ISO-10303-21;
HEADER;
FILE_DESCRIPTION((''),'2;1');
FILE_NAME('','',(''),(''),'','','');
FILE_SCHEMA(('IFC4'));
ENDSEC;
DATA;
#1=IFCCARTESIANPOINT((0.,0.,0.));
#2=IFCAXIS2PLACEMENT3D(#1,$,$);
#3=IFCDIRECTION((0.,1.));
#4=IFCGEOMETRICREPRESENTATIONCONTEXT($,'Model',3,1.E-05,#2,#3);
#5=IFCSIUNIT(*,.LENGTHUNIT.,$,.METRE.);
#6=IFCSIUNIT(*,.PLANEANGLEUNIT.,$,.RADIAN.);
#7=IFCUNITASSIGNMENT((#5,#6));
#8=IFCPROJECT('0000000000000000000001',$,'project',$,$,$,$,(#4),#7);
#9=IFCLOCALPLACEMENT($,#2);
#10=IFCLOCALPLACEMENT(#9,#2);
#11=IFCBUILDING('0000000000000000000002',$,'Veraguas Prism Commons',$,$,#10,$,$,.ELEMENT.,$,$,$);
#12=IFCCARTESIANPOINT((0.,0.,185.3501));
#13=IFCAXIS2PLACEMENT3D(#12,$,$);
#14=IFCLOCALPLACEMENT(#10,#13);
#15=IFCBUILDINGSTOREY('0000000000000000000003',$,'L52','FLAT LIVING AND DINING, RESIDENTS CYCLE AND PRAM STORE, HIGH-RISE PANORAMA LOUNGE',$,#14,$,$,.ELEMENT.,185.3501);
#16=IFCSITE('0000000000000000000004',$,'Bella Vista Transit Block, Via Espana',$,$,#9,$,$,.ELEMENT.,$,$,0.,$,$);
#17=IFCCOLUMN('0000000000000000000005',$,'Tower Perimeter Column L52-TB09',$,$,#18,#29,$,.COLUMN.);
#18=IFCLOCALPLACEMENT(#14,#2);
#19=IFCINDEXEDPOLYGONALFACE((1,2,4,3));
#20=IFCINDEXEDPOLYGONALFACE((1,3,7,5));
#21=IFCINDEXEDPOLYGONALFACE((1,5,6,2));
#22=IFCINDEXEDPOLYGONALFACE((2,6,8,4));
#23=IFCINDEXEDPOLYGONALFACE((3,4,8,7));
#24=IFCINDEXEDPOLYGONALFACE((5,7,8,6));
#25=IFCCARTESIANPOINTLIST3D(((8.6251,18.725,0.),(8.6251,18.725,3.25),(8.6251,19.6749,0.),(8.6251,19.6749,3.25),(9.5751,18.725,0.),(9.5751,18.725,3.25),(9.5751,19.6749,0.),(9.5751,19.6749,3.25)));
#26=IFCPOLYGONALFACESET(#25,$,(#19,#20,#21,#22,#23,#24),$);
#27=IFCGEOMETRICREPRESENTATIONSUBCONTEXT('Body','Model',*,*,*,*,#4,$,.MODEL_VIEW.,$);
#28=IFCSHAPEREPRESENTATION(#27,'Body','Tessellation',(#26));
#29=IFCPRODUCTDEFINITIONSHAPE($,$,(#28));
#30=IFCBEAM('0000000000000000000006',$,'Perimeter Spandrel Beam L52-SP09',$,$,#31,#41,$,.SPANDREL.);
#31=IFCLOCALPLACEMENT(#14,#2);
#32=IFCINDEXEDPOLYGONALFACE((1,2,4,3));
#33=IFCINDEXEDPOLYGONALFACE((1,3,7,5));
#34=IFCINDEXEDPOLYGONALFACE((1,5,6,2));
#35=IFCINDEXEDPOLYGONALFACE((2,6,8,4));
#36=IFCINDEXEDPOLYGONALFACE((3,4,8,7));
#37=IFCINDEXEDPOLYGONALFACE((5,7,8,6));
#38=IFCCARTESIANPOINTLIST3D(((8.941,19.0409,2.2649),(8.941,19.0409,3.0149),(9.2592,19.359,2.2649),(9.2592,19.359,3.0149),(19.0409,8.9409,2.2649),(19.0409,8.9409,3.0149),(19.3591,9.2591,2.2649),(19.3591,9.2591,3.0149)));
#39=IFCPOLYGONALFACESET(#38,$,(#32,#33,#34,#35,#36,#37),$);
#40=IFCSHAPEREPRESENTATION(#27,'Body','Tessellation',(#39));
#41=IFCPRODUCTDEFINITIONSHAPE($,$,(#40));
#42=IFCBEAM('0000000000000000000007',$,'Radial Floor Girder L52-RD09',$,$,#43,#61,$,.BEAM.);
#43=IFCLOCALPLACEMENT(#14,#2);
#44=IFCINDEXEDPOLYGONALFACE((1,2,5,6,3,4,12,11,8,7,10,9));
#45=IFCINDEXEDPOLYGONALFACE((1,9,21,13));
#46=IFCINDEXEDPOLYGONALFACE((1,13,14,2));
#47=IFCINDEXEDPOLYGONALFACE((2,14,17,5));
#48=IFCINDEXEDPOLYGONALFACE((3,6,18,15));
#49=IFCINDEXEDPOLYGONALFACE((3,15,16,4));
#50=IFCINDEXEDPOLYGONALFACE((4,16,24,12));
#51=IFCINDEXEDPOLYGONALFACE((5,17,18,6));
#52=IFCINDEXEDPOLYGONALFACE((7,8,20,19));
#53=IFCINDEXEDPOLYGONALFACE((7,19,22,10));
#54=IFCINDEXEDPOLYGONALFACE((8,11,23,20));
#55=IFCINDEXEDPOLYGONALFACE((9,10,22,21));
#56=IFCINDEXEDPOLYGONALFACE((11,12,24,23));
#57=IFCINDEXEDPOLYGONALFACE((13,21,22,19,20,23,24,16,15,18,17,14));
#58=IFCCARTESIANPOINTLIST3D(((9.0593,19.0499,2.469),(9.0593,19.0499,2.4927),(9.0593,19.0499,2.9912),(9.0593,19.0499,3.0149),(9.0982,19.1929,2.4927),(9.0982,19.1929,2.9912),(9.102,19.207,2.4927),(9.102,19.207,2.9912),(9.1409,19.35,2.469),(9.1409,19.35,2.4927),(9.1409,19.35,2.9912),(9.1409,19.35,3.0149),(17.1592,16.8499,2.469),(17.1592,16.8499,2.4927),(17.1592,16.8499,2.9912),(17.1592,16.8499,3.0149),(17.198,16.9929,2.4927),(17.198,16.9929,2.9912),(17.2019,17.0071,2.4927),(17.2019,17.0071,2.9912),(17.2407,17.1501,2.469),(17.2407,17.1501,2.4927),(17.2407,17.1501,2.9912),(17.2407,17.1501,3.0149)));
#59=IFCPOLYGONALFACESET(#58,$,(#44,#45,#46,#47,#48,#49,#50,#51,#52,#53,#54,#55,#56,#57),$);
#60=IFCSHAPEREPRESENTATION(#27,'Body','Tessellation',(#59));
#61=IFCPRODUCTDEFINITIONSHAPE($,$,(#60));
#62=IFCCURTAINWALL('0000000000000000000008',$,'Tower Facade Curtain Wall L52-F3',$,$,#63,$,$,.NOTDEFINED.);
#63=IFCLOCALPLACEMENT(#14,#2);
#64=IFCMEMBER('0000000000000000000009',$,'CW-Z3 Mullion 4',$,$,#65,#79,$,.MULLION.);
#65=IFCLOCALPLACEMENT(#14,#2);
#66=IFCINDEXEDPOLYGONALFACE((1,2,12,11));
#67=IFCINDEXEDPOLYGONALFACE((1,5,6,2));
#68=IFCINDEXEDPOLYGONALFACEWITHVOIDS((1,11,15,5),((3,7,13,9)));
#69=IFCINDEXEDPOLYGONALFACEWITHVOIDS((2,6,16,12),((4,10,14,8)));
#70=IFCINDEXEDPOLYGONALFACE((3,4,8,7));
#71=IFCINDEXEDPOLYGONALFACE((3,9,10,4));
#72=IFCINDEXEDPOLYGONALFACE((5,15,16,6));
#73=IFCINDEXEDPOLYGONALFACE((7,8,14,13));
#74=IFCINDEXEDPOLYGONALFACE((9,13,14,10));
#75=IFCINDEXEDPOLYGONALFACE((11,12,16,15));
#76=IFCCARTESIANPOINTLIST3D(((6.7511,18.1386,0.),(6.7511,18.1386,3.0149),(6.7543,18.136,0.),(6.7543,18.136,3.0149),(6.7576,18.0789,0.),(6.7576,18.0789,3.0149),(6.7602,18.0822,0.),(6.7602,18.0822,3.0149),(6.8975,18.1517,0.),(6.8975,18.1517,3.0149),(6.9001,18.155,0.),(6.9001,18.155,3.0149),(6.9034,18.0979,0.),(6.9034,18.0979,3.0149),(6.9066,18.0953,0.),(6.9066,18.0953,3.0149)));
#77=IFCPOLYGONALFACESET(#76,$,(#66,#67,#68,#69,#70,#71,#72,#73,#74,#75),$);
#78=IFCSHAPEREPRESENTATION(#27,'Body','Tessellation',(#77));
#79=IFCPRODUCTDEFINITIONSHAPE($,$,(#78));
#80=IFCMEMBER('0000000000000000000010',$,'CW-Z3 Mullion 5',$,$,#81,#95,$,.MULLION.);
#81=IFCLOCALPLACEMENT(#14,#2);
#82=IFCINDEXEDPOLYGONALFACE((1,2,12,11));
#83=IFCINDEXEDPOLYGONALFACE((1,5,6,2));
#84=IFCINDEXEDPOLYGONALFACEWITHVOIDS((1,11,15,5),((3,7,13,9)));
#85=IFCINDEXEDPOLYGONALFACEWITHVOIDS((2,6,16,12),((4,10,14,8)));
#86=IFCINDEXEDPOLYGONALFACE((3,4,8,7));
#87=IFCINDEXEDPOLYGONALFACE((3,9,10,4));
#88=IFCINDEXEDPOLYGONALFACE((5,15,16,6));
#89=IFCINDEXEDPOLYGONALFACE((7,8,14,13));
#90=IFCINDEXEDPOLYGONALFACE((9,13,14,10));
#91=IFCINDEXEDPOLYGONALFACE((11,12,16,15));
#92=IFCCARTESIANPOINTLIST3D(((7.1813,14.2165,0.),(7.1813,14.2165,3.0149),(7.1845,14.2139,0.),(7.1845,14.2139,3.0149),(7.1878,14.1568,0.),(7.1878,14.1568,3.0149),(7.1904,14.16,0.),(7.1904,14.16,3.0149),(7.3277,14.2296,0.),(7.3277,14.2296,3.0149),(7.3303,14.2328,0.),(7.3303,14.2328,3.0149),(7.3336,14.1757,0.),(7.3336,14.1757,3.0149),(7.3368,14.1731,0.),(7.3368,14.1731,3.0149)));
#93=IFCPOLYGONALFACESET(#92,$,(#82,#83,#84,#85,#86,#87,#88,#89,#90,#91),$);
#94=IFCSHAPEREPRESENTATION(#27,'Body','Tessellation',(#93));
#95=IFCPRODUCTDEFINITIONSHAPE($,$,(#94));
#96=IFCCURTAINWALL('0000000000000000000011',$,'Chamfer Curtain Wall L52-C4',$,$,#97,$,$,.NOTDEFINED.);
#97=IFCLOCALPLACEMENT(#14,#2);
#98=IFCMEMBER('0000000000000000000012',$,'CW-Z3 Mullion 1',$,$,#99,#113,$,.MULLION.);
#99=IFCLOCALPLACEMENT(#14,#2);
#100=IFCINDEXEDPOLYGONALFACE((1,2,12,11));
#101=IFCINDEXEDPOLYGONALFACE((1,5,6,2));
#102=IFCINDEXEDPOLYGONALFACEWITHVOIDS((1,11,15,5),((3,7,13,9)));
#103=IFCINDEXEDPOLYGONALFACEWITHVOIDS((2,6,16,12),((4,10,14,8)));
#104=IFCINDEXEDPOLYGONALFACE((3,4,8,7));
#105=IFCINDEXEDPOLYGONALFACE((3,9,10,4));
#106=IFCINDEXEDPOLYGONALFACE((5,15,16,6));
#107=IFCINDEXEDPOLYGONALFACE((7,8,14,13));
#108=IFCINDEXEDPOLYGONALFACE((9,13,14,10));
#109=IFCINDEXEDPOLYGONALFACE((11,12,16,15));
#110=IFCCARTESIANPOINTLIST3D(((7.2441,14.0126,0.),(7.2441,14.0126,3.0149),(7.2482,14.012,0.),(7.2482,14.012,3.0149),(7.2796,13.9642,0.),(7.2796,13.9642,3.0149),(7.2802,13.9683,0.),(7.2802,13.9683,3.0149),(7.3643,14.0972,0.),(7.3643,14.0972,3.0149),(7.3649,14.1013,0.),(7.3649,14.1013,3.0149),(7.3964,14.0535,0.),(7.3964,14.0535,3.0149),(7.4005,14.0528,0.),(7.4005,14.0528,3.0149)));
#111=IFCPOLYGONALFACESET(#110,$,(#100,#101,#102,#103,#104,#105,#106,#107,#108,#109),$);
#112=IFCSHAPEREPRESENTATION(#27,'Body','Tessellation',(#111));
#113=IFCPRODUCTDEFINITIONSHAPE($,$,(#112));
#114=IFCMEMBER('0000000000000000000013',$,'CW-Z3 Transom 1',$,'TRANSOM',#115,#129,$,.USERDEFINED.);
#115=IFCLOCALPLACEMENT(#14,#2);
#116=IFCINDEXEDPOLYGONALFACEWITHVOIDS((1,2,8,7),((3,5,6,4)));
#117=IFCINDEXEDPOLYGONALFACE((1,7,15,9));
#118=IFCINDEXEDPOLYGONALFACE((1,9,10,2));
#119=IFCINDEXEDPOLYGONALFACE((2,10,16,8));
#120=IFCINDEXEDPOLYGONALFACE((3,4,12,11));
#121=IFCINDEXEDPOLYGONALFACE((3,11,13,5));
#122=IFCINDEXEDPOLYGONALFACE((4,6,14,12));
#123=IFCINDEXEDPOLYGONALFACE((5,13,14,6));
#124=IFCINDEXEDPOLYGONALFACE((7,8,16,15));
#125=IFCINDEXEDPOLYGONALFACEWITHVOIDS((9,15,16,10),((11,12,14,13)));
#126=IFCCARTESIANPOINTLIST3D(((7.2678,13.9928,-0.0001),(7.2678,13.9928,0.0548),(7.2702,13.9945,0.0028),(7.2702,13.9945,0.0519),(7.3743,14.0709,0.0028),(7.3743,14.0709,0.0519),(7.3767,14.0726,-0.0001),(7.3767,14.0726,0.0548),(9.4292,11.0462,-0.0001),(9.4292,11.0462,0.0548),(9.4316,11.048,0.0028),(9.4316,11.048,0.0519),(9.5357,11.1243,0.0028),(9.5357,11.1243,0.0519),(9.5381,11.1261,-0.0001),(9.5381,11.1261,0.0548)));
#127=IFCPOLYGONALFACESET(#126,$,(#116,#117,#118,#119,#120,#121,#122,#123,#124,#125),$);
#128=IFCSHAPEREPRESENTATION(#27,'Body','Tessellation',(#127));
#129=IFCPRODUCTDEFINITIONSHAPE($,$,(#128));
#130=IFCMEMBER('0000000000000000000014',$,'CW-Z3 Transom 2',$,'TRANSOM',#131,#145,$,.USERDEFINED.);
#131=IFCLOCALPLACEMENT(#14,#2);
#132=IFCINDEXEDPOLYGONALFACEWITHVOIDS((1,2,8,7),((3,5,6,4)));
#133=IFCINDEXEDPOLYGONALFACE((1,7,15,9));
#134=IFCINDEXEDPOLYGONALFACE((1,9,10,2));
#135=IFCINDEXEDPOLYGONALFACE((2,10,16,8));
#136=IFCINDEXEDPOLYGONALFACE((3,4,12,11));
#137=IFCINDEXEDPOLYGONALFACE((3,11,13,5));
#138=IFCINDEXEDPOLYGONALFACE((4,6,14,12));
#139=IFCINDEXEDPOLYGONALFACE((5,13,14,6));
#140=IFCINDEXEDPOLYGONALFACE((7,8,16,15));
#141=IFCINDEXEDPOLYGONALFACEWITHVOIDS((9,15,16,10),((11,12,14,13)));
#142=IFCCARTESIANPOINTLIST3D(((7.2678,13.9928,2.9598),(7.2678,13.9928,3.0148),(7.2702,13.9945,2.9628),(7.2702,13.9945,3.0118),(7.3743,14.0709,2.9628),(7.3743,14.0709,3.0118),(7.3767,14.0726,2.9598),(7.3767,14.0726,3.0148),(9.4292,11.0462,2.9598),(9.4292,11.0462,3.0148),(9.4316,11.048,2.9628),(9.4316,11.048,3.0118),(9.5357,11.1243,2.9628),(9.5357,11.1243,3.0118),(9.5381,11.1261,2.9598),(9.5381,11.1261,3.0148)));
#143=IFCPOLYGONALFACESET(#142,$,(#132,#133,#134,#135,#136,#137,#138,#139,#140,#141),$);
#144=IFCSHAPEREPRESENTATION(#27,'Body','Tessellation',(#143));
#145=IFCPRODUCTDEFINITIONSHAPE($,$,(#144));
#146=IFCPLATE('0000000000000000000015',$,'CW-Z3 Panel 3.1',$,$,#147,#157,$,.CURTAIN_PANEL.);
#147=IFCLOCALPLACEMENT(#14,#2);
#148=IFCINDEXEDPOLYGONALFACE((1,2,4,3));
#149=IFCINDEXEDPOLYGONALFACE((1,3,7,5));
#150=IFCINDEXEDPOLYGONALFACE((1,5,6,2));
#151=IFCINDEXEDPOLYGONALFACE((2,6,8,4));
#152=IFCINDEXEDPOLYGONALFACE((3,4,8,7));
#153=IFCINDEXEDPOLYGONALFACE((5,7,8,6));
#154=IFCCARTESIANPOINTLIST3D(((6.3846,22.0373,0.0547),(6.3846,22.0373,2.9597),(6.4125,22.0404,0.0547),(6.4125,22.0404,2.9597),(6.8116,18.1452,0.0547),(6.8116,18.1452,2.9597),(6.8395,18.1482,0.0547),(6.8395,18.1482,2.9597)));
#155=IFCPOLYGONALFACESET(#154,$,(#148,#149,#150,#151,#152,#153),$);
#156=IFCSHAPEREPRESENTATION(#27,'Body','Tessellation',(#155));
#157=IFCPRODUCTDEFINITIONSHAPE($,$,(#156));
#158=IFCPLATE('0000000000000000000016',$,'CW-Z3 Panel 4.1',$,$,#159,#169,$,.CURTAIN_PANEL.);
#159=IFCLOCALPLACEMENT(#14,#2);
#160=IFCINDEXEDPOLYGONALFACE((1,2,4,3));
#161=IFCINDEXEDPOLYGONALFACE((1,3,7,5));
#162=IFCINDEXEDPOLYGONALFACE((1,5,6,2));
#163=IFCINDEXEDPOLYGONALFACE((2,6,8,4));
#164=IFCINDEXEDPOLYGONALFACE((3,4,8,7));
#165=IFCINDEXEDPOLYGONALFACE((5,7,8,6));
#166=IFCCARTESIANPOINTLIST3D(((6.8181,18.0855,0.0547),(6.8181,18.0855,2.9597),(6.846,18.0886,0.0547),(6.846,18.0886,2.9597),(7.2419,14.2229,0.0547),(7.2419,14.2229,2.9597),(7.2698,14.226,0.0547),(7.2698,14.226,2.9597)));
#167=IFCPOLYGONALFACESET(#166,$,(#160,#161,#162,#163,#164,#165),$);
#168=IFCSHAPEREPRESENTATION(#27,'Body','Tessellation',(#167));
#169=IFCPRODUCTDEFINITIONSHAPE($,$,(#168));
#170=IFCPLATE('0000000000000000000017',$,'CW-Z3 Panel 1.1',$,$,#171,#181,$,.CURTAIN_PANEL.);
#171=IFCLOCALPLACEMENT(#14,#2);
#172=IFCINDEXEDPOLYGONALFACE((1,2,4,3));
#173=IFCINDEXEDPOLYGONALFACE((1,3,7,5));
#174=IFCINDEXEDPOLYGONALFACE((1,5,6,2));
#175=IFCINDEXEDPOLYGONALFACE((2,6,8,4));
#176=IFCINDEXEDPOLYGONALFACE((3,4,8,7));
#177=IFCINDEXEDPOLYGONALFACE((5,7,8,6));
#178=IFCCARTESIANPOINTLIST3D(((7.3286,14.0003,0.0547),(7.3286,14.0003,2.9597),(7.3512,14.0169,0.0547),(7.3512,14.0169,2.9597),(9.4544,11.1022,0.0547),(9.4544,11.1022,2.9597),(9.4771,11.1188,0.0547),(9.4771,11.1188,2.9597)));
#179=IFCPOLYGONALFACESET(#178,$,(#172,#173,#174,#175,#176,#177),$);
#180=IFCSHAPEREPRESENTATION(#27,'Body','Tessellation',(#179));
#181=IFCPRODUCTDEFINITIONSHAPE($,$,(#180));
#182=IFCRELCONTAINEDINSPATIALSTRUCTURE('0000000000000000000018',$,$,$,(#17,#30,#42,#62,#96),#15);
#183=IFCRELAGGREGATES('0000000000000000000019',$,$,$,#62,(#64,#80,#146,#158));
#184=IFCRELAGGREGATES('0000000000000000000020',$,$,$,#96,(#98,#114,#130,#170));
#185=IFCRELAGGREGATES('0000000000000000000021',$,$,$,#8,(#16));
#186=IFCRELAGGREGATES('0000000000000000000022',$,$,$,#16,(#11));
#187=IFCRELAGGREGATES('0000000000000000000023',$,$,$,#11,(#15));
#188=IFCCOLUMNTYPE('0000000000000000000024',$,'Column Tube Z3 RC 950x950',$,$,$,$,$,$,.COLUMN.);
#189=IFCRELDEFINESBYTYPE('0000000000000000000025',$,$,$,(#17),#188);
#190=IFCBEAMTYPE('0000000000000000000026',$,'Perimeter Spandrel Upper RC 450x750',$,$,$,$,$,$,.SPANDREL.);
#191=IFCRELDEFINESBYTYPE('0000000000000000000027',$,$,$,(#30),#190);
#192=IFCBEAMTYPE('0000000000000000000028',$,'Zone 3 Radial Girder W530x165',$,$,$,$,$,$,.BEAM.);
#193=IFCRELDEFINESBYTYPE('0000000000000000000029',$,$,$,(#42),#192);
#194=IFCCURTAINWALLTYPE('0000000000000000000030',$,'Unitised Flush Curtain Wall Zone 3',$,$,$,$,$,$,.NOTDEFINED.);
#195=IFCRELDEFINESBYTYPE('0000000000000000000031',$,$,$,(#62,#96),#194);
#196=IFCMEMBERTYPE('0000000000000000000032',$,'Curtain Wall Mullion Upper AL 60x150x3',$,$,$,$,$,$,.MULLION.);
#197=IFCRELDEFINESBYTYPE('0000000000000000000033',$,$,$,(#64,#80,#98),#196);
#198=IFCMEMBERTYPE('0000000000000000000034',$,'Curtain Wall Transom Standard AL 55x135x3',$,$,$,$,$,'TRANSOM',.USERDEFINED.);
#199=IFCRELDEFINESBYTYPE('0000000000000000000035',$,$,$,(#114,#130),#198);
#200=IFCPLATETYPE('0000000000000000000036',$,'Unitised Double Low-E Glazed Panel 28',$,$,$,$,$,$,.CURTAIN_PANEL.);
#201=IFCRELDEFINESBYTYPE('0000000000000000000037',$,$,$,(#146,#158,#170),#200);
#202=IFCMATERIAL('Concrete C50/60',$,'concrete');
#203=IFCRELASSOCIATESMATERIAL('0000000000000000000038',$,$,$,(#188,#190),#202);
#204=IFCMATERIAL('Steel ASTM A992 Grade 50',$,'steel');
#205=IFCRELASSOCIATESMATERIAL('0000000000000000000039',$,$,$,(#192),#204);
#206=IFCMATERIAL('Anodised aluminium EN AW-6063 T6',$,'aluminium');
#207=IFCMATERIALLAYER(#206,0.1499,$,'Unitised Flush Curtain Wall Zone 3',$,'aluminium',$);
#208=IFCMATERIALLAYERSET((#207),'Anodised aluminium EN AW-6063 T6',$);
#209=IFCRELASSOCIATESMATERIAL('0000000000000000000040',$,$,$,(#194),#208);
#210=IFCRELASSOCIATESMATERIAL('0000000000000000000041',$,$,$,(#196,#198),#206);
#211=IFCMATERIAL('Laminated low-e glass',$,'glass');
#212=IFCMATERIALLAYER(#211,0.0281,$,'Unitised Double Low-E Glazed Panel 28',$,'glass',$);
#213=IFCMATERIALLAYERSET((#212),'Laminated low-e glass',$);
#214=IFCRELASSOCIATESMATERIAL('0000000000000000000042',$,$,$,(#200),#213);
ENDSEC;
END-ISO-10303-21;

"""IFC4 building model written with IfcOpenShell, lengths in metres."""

from ifc_helpers import new_model, si_unit, direction, frame, origin, origin_2d, place, context, subcontext, project, spatial, rectangle, hollow_rectangle, i_section, extrude, source, transform, mapped, material, layer, layer_set, material_profile, profile_set, type_object, element, aggregate, save


model = new_model("IFC4")

# Units and contexts
model_context = context("Model", 3, precision=1e-05, world=origin(), true_north=direction((0.0, 1.0)))
body_context = subcontext(model_context, "Body", "Model", "MODEL_VIEW")
ifc_project = project(units=[si_unit("LENGTHUNIT", "METRE"), si_unit("PLANEANGLEUNIT", "RADIAN")], contexts=[model_context])

# Site, building, storey
site_placement = place(None, origin())
site = spatial("IfcSite", under=ifc_project, at=site_placement, Name="Bella Vista Transit Block, Via Espana", CompositionType="ELEMENT", RefElevation=0.0)
building_placement = place(site_placement, origin())
building = spatial("IfcBuilding", under=site, at=building_placement, Name="Veraguas Prism Commons", CompositionType="ELEMENT")
storey_placement = place(building_placement, frame((0.0, 0.0, 185.3501)))
storey = spatial("IfcBuildingStorey", under=building, at=storey_placement, Name="L52", Description="FLAT LIVING AND DINING, RESIDENTS CYCLE AND PRAM STORE, HIGH-RISE PANORAMA LOUNGE", CompositionType="ELEMENT", Elevation=185.3501)

# Column
ifc_material_1 = material(Name="Concrete C50/60", Category="concrete")
ifc_material_profile_1 = material_profile(ifc_material_1, rectangle(XDim=0.95, YDim=0.95, at=origin_2d()), Name="RC950X950")
ifc_profile_set_1 = profile_set([ifc_material_profile_1], Name="Concrete C50/60")
column_type = type_object("IfcColumnType", Name="Column Tube Z3 RC 950x950", PredefinedType="COLUMN", material=ifc_profile_set_1)
column_placement = place(storey_placement, frame((9.1001, 19.2, 0.0), z_axis=(0.0, 0.0, 1.0), x_axis=(1.0, 0.0, 0.0)))
element("IfcColumn", 1, at=column_placement, inside=storey, type_object=column_type, Name="Tower Perimeter Column L52-TB09", PredefinedType="COLUMN", context=body_context, shape_type="SweptSolid", body=[
    extrude(rectangle(XDim=0.95, YDim=0.95, at=origin_2d()), origin(), (0.0, 0.0, 1.0), 3.25),
])

# Beams
ifc_material_profile_2 = material_profile(ifc_material_1, rectangle(XDim=0.45, YDim=0.75, at=origin_2d()), Name="RC450X750")
ifc_profile_set_2 = profile_set([ifc_material_profile_2], Name="Concrete C50/60")
beam_type_1 = type_object("IfcBeamType", Name="Perimeter Spandrel Upper RC 450x750", PredefinedType="SPANDREL", material=ifc_profile_set_2)
beam_1_placement = place(storey_placement, frame((9.1001, 19.2, 2.6399), z_axis=(0.707107, -0.707107, 0.0), x_axis=(0.707107, 0.707107, 0.0)))
element("IfcBeam", 2, at=beam_1_placement, inside=storey, type_object=beam_type_1, Name="Perimeter Spandrel Beam L52-SP09", PredefinedType="SPANDREL", context=body_context, shape_type="SweptSolid", body=[
    extrude(rectangle(XDim=0.45, YDim=0.75, at=origin_2d()), origin(), (0.0, 0.0, 1.0), 14.2834),
])
ifc_material_2 = material(Name="Steel ASTM A992 Grade 50", Category="steel")
ifc_material_profile_3 = material_profile(ifc_material_2, i_section(OverallWidth=0.311, OverallDepth=0.5459, WebThickness=0.0146, FlangeThickness=0.0237, at=origin_2d()), Name="W530X165")
ifc_profile_set_3 = profile_set([ifc_material_profile_3], Name="Steel ASTM A992 Grade 50")
beam_type_2 = type_object("IfcBeamType", Name="Zone 3 Radial Girder W530x165", PredefinedType="BEAM", material=ifc_profile_set_3)
beam_2_placement = place(storey_placement, frame((9.1001, 19.2, 2.7419), z_axis=(0.965039, -0.262108, 0.0), x_axis=(0.262108, 0.965039, 0.0)))
element("IfcBeam", 3, at=beam_2_placement, inside=storey, type_object=beam_type_2, Name="Radial Floor Girder L52-RD09", PredefinedType="BEAM", context=body_context, shape_type="SweptSolid", body=[
    extrude(i_section(OverallWidth=0.311, OverallDepth=0.5459, WebThickness=0.0146, FlangeThickness=0.0237, at=origin_2d()), origin(), (0.0, 0.0, 1.0), 8.3933),
])

# Curtain walls, members
ifc_material_3 = material(Name="Anodised aluminium EN AW-6063 T6", Category="aluminium")
ifc_layer_1 = layer(ifc_material_3, 0.1499, Name="Unitised Flush Curtain Wall Zone 3", Category="aluminium")
ifc_layer_set_1 = layer_set([ifc_layer_1], Name="Anodised aluminium EN AW-6063 T6")
curtain_wall_type = type_object("IfcCurtainWallType", Name="Unitised Flush Curtain Wall Zone 3", PredefinedType="NOTDEFINED", material=ifc_layer_set_1)
curtain_wall_1_placement = place(storey_placement, origin())
curtain_wall_1 = element("IfcCurtainWall", 4, at=curtain_wall_1_placement, inside=storey, type_object=curtain_wall_type, Name="Tower Facade Curtain Wall L52-F3", PredefinedType="NOTDEFINED")
ifc_material_profile_4 = material_profile(ifc_material_3, hollow_rectangle(XDim=0.0601, YDim=0.1499, WallThickness=0.0029, at=origin_2d()), Name="AL60X150X3")
ifc_profile_set_4 = profile_set([ifc_material_profile_4], Name="Anodised aluminium EN AW-6063 T6")
member_type_1 = type_object("IfcMemberType", Name="Curtain Wall Mullion Upper AL 60x150x3", PredefinedType="MULLION", material=ifc_profile_set_4)
shared_shape_1 = source(origin(), body_context, "Body", "SweptSolid", [
    extrude(hollow_rectangle(XDim=0.0601, YDim=0.1499, WallThickness=0.0029, at=origin_2d()), origin(), (0.0, 0.0, 1.0), 3.0149),
])
member_1_placement = place(storey_placement, frame((6.8289, 18.1169, 0.0), z_axis=(0.0, 0.0, 1.0), x_axis=(0.109046, -0.994037, 0.0)))
member_1 = element("IfcMember", 5, at=member_1_placement, type_object=member_type_1, Name="CW-Z3 Mullion 4", PredefinedType="MULLION", context=body_context, shape_type="MappedRepresentation", body=[
    mapped(shared_shape_1, transform((0.0, 0.0, 0.0), scale=1.0)),
])
member_2_placement = place(storey_placement, frame((7.259, 14.1948, 0.0), z_axis=(0.0, 0.0, 1.0), x_axis=(0.109046, -0.994037, 0.0)))
member_2 = element("IfcMember", 6, at=member_2_placement, type_object=member_type_1, Name="CW-Z3 Mullion 5", PredefinedType="MULLION", context=body_context, shape_type="MappedRepresentation", body=[
    mapped(shared_shape_1, transform((0.0, 0.0, 0.0), scale=1.0)),
])
curtain_wall_2_placement = place(storey_placement, origin())
curtain_wall_2 = element("IfcCurtainWall", 7, at=curtain_wall_2_placement, inside=storey, type_object=curtain_wall_type, Name="Chamfer Curtain Wall L52-C4", PredefinedType="NOTDEFINED")
member_3_placement = place(storey_placement, frame((7.3223, 14.0327, 0.0), z_axis=(0.0, 0.0, 1.0), x_axis=(0.591463, -0.806332, 0.0)))
member_3 = element("IfcMember", 8, at=member_3_placement, type_object=member_type_1, Name="CW-Z3 Mullion 1", PredefinedType="MULLION", context=body_context, shape_type="MappedRepresentation", body=[
    mapped(shared_shape_1, transform((0.0, 0.0, 0.0), scale=1.0)),
])
ifc_material_profile_5 = material_profile(ifc_material_3, hollow_rectangle(XDim=0.0549, YDim=0.135, WallThickness=0.0029, at=origin_2d()), Name="AL55X135X3")
ifc_profile_set_5 = profile_set([ifc_material_profile_5], Name="Anodised aluminium EN AW-6063 T6")
member_type_2 = type_object("IfcMemberType", Name="Curtain Wall Transom Standard AL 55x135x3", ElementType="TRANSOM", PredefinedType="USERDEFINED", material=ifc_profile_set_5)
shared_shape_2 = source(origin(), body_context, "Body", "SweptSolid", [
    extrude(hollow_rectangle(XDim=0.0549, YDim=0.135, WallThickness=0.0029, at=origin_2d()), origin(), (0.0, 0.0, 1.0), 3.6543),
])
member_4_placement = place(storey_placement, frame((7.3223, 14.0327, 0.0273), z_axis=(0.591468, -0.806329, 0.0), x_axis=(0.0, 0.0, 1.0)))
member_4 = element("IfcMember", 9, at=member_4_placement, type_object=member_type_2, Name="CW-Z3 Transom 1", ObjectType="TRANSOM", PredefinedType="USERDEFINED", context=body_context, shape_type="MappedRepresentation", body=[
    mapped(shared_shape_2, transform((0.0, 0.0, 0.0), scale=1.0)),
])
member_5_placement = place(storey_placement, frame((7.3223, 14.0327, 2.9873), z_axis=(0.591468, -0.806329, 0.0), x_axis=(0.0, 0.0, 1.0)))
member_5 = element("IfcMember", 10, at=member_5_placement, type_object=member_type_2, Name="CW-Z3 Transom 2", ObjectType="TRANSOM", PredefinedType="USERDEFINED", context=body_context, shape_type="MappedRepresentation", body=[
    mapped(shared_shape_2, transform((0.0, 0.0, 0.0), scale=1.0)),
])

# Plates
ifc_material_4 = material(Name="Laminated low-e glass", Category="glass")
ifc_layer_2 = layer(ifc_material_4, 0.0281, Name="Unitised Double Low-E Glazed Panel 28", Category="glass")
ifc_layer_set_2 = layer_set([ifc_layer_2], Name="Laminated low-e glass")
plate_type = type_object("IfcPlateType", Name="Unitised Double Low-E Glazed Panel 28", PredefinedType="CURTAIN_PANEL", material=ifc_layer_set_2)
shared_shape_3 = source(origin(), body_context, "Body", "SweptSolid", [
    extrude(rectangle(XDim=3.9155, YDim=0.0281, at=origin_2d()), origin(), (0.0, 0.0, 1.0), 2.905),
])
plate_1_placement = place(storey_placement, frame((6.6121, 20.0928, 0.0547), z_axis=(0.0, 0.0, 1.0), x_axis=(0.109046, -0.994037, 0.0)))
plate_1 = element("IfcPlate", 11, at=plate_1_placement, type_object=plate_type, Name="CW-Z3 Panel 3.1", PredefinedType="CURTAIN_PANEL", context=body_context, shape_type="MappedRepresentation", body=[
    mapped(shared_shape_3, transform((0.0, 0.0, 0.0), scale=1.0)),
])
shared_shape_4 = source(origin(), body_context, "Body", "SweptSolid", [
    extrude(rectangle(XDim=3.8857, YDim=0.0281, at=origin_2d()), origin(), (0.0, 0.0, 1.0), 2.905),
])
plate_2_placement = place(storey_placement, frame((7.0439, 16.1558, 0.0547), z_axis=(0.0, 0.0, 1.0), x_axis=(0.109046, -0.994037, 0.0)))
plate_2 = element("IfcPlate", 12, at=plate_2_placement, type_object=plate_type, Name="CW-Z3 Panel 4.1", PredefinedType="CURTAIN_PANEL", context=body_context, shape_type="MappedRepresentation", body=[
    mapped(shared_shape_4, transform((0.0, 0.0, 0.0), scale=1.0)),
])
aggregate(curtain_wall_1, [member_1, member_2, plate_1, plate_2])
shared_shape_5 = source(origin(), body_context, "Body", "SweptSolid", [
    extrude(rectangle(XDim=3.5942, YDim=0.0281, at=origin_2d()), origin(), (0.0, 0.0, 1.0), 2.905),
])
plate_3_placement = place(storey_placement, frame((8.4028, 12.5596, 0.0547), z_axis=(0.0, 0.0, 1.0), x_axis=(0.591463, -0.806332, 0.0)))
plate_3 = element("IfcPlate", 13, at=plate_3_placement, type_object=plate_type, Name="CW-Z3 Panel 1.1", PredefinedType="CURTAIN_PANEL", context=body_context, shape_type="MappedRepresentation", body=[
    mapped(shared_shape_5, transform((0.0, 0.0, 0.0), scale=1.0)),
])
aggregate(curtain_wall_2, [member_3, member_4, member_5, plate_3])

save(model, "model.ifc")
